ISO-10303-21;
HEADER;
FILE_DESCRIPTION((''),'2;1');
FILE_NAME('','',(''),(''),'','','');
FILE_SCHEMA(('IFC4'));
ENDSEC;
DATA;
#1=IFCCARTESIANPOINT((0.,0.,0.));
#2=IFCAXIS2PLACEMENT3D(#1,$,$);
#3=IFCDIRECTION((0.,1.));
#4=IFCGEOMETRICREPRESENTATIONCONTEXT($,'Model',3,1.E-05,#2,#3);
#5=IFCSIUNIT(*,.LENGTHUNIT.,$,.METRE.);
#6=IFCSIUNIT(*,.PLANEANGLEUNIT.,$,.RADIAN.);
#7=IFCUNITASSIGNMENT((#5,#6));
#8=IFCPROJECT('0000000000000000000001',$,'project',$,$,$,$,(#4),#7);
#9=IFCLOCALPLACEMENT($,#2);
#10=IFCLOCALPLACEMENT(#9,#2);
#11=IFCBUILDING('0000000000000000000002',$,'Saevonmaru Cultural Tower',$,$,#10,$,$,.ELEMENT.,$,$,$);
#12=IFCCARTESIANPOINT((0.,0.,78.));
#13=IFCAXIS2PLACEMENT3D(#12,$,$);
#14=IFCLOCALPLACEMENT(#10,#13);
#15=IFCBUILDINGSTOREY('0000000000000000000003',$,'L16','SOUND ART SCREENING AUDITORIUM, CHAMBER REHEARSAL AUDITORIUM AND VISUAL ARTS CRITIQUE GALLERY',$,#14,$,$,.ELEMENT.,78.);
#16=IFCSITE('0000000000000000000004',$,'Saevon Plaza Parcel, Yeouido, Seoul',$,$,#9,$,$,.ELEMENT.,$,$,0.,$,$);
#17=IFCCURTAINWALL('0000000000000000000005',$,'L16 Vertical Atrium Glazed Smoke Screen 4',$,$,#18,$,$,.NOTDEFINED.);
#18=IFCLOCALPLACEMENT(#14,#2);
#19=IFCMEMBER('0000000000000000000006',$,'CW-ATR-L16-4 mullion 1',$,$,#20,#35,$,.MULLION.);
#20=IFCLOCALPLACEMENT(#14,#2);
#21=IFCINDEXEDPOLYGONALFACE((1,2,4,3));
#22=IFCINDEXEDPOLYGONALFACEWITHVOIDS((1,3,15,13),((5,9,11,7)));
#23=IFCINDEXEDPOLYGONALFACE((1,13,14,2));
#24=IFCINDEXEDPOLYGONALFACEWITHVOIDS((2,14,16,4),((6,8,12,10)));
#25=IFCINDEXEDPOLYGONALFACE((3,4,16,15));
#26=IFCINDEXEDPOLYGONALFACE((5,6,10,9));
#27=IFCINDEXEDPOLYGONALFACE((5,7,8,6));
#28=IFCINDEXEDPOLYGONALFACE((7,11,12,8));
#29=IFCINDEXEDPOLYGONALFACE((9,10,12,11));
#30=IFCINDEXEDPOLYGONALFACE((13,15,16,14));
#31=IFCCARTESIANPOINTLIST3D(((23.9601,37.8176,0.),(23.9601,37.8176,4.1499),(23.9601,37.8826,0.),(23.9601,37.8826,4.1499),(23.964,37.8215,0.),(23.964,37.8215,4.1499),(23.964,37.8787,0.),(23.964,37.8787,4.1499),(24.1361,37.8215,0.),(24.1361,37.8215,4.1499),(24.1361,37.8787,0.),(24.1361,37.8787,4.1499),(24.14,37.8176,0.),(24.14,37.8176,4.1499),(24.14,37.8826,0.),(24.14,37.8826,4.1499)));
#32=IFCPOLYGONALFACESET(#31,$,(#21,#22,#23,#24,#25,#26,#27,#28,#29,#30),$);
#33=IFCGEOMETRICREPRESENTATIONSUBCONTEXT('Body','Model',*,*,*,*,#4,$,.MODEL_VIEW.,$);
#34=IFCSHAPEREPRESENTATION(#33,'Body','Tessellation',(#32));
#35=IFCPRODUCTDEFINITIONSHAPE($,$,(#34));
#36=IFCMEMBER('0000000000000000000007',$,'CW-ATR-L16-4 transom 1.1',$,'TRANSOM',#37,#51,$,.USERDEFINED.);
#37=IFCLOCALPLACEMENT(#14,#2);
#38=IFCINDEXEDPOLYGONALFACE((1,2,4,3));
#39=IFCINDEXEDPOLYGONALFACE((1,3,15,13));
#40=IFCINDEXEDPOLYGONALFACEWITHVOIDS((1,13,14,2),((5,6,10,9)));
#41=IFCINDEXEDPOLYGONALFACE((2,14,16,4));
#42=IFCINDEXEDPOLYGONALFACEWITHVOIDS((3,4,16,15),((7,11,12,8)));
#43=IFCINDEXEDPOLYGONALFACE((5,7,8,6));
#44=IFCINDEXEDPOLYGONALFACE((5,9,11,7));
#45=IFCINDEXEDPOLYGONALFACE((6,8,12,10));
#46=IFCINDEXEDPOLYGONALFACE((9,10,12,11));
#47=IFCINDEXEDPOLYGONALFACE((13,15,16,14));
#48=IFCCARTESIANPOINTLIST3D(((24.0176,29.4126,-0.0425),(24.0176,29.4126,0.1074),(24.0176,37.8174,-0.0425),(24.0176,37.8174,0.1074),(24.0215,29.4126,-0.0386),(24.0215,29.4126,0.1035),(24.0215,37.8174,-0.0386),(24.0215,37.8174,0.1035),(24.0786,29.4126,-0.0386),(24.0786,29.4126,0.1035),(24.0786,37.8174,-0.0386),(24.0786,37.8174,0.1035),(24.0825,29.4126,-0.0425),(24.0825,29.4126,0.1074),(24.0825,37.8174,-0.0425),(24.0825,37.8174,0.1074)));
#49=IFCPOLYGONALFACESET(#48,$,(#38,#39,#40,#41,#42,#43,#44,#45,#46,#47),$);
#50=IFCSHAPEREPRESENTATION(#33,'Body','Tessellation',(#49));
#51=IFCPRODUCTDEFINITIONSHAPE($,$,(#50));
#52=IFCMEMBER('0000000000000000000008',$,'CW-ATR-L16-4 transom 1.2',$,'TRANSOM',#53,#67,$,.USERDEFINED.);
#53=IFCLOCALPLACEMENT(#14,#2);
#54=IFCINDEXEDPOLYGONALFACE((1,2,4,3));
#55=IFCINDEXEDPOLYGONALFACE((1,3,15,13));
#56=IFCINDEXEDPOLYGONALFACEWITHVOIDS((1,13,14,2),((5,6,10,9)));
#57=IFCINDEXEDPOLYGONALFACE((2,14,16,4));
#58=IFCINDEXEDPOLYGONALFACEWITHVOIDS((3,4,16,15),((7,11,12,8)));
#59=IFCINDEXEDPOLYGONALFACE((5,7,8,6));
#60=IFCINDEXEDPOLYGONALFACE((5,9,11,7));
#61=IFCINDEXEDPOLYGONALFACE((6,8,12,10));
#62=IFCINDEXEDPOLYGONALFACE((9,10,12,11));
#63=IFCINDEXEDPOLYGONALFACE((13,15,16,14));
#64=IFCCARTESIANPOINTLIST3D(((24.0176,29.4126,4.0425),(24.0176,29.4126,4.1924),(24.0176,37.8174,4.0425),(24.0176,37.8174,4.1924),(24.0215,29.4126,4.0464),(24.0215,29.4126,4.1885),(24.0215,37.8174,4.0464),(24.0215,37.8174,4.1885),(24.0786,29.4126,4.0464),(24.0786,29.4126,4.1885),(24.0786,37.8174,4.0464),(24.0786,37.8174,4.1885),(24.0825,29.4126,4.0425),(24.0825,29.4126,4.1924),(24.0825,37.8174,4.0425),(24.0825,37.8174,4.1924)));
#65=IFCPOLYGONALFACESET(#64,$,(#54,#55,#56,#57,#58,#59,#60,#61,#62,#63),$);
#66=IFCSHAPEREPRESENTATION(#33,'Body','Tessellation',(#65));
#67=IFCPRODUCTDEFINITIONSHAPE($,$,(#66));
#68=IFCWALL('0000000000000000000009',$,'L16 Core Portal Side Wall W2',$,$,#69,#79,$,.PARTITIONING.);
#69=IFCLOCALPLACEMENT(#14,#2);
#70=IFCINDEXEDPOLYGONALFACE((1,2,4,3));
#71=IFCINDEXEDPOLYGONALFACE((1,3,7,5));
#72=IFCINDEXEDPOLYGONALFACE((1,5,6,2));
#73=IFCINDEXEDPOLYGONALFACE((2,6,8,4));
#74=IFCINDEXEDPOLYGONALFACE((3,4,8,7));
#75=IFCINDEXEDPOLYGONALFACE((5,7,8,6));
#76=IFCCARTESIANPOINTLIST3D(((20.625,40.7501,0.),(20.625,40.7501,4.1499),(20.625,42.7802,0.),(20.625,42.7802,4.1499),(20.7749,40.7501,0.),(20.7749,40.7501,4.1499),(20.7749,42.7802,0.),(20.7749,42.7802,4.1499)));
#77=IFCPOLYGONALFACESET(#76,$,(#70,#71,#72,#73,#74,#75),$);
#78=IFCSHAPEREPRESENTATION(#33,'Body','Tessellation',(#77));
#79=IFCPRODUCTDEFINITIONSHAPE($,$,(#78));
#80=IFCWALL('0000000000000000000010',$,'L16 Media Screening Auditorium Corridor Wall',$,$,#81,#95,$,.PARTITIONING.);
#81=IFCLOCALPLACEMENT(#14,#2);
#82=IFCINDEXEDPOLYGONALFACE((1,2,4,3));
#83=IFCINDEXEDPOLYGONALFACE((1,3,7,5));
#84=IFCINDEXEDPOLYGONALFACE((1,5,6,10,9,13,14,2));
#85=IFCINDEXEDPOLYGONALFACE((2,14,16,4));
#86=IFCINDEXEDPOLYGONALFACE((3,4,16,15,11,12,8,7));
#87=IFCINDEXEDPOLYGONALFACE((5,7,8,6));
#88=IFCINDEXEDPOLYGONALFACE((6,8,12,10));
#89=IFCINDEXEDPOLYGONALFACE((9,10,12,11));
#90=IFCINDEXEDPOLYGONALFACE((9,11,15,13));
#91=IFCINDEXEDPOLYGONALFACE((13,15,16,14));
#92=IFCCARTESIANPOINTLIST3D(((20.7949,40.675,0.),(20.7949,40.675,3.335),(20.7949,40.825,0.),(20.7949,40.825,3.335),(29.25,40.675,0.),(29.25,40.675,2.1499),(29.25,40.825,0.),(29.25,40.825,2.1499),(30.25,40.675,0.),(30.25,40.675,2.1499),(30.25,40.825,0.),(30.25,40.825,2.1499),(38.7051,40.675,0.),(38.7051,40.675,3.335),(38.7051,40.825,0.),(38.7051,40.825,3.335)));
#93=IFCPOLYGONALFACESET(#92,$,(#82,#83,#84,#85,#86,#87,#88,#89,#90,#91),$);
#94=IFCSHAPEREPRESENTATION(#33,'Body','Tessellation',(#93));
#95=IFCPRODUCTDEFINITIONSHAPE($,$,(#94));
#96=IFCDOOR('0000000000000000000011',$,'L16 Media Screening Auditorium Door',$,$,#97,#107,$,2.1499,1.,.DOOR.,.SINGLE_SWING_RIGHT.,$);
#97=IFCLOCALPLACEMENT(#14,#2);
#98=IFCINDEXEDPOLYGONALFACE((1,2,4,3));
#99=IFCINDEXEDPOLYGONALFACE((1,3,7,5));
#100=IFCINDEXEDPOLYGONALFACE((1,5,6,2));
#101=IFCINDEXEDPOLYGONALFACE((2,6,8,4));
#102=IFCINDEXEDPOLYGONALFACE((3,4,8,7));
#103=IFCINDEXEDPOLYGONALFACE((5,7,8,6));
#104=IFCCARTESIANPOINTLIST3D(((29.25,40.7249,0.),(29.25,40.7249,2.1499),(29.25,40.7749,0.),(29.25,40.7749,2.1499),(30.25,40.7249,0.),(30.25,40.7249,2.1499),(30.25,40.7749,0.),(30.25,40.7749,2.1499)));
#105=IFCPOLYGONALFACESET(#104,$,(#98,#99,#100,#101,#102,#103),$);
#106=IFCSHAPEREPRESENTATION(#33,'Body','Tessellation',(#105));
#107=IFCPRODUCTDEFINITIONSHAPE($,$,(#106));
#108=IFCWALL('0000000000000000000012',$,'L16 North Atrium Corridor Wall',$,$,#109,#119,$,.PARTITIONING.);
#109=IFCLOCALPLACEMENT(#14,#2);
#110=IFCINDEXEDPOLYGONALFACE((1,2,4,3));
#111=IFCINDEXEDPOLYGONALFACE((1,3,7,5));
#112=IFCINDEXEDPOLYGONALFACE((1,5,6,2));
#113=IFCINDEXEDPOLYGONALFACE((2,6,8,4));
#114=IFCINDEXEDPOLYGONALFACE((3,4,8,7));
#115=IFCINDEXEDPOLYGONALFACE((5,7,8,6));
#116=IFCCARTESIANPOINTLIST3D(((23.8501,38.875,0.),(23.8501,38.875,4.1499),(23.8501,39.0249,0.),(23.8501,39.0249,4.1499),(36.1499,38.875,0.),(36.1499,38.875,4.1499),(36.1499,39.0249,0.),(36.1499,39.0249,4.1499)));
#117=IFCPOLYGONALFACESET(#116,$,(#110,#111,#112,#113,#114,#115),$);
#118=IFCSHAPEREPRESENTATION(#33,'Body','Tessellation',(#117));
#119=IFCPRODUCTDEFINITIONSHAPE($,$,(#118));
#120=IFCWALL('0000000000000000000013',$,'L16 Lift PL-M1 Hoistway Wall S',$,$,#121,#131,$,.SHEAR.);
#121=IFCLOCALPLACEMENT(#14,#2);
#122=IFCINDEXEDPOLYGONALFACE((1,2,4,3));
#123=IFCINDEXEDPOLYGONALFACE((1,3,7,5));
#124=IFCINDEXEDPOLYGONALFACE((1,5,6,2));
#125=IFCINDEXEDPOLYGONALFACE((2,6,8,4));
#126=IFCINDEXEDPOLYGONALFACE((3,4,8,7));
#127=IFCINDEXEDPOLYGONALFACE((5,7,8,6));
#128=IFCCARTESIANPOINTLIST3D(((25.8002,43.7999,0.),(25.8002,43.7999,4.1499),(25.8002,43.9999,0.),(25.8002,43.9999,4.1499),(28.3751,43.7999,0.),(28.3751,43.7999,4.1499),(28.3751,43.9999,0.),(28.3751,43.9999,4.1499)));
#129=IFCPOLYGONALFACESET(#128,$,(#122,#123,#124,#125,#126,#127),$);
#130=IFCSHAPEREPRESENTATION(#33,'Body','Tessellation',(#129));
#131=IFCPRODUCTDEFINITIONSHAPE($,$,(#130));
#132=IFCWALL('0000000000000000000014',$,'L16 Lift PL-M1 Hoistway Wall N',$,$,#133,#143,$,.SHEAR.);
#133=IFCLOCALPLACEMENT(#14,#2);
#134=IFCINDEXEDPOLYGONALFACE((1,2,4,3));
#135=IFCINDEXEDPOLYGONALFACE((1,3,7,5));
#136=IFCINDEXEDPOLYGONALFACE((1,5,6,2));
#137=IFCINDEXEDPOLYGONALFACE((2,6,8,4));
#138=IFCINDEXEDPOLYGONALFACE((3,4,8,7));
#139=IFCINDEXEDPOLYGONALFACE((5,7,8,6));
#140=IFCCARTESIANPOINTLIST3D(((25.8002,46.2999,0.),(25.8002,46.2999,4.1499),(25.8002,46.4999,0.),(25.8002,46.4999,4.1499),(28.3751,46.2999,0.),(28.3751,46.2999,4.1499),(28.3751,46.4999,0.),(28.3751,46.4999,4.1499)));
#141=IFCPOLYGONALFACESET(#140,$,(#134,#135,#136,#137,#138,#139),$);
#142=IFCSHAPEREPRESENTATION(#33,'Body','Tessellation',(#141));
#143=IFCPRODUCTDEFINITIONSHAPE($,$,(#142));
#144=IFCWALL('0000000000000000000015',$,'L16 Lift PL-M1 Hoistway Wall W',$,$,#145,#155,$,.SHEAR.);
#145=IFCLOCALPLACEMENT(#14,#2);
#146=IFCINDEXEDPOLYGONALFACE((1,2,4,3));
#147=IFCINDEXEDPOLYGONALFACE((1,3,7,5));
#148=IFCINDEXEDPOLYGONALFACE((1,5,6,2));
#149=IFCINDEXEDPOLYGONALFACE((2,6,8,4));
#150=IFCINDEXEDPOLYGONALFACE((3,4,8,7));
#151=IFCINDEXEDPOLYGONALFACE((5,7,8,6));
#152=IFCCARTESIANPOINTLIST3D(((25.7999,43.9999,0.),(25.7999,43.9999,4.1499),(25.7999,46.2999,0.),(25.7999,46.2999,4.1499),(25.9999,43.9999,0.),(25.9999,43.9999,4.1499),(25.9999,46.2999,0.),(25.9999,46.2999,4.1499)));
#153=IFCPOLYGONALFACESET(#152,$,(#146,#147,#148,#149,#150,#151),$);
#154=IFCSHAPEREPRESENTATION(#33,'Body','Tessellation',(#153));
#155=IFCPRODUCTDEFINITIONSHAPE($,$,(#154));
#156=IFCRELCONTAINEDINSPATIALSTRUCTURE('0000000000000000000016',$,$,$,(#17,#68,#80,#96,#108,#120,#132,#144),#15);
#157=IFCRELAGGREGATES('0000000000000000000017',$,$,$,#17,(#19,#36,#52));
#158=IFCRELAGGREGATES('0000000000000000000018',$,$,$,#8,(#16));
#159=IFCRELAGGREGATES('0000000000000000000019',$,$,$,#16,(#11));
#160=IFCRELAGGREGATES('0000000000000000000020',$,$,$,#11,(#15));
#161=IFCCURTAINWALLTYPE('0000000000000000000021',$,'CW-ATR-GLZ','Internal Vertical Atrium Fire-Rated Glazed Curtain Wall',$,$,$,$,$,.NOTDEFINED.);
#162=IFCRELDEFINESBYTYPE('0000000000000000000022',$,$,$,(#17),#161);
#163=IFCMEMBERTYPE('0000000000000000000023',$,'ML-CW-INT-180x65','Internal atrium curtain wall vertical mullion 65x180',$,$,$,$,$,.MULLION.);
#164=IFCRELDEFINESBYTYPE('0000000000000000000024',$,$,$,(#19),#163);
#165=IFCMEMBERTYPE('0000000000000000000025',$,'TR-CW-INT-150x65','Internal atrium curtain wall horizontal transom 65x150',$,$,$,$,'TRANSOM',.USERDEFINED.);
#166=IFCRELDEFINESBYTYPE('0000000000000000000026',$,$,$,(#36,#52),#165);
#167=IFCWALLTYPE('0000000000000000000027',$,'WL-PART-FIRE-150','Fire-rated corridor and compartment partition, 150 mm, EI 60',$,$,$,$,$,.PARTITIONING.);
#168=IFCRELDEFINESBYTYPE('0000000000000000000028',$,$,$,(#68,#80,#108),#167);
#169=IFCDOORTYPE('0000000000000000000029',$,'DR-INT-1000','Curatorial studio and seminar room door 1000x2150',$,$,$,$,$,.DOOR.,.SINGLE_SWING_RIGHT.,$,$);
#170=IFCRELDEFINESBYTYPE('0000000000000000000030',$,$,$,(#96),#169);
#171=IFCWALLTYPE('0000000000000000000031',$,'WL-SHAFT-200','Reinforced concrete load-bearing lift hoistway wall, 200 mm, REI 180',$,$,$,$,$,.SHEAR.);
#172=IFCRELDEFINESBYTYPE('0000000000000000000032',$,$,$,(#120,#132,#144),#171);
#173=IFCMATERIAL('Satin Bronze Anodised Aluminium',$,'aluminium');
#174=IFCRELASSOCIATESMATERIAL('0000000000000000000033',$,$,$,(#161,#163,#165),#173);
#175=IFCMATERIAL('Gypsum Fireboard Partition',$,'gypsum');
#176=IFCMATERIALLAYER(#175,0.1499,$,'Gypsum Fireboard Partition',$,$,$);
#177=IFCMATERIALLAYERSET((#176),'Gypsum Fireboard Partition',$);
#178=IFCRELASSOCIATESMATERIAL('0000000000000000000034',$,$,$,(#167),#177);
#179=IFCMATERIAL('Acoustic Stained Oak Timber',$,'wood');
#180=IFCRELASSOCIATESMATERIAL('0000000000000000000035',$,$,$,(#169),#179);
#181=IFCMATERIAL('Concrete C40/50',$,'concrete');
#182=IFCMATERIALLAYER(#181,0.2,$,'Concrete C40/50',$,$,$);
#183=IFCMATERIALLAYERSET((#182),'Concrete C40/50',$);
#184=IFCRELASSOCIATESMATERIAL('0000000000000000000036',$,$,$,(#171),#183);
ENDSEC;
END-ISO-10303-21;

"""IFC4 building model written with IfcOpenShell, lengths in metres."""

from ifc_helpers import new_model, si_unit, direction, frame, frame_2d, origin, origin_2d, place, context, subcontext, project, spatial, rectangle, hollow_rectangle, extrude, material, layer, layer_set, material_profile, profile_set, type_object, element, fill, aggregate, save


model = new_model("IFC4")

# Units and contexts
model_context = context("Model", 3, precision=1e-05, world=origin(), true_north=direction((0.0, 1.0)))
body_context = subcontext(model_context, "Body", "Model", "MODEL_VIEW")
ifc_project = project(units=[si_unit("LENGTHUNIT", "METRE"), si_unit("PLANEANGLEUNIT", "RADIAN")], contexts=[model_context])

# Site, building, storey
site_placement = place(None, origin())
site = spatial("IfcSite", under=ifc_project, at=site_placement, Name="Saevon Plaza Parcel, Yeouido, Seoul", CompositionType="ELEMENT", RefElevation=0.0)
building_placement = place(site_placement, origin())
building = spatial("IfcBuilding", under=site, at=building_placement, Name="Saevonmaru Cultural Tower", CompositionType="ELEMENT")
storey_placement = place(building_placement, frame((0.0, 0.0, 78.0)))
storey = spatial("IfcBuildingStorey", under=building, at=storey_placement, Name="L16", Description="SOUND ART SCREENING AUDITORIUM, CHAMBER REHEARSAL AUDITORIUM AND VISUAL ARTS CRITIQUE GALLERY", CompositionType="ELEMENT", Elevation=78.0)

# Shared definitions
ifc_material_1 = material(Name="Satin Bronze Anodised Aluminium", Category="aluminium")
curtain_wall_type = type_object("IfcCurtainWallType", Name="CW-ATR-GLZ", Description="Internal Vertical Atrium Fire-Rated Glazed Curtain Wall", PredefinedType="NOTDEFINED", material=ifc_material_1)
ifc_material_profile_1 = material_profile(ifc_material_1, hollow_rectangle(XDim=0.0649, YDim=0.1799, WallThickness=0.0039, at=origin_2d()), Name="ALU-MULL-180x65x4")
ifc_profile_set_1 = profile_set([ifc_material_profile_1], Name="Satin Bronze Anodised Aluminium")
member_type_1 = type_object("IfcMemberType", Name="ML-CW-INT-180x65", Description="Internal atrium curtain wall vertical mullion 65x180", PredefinedType="MULLION", material=ifc_profile_set_1)

# Curtain wall, members
curtain_wall_1_placement = place(storey_placement, origin())
curtain_wall_1 = element("IfcCurtainWall", 1, at=curtain_wall_1_placement, inside=storey, type_object=curtain_wall_type, Name="L16 Vertical Atrium Glazed Smoke Screen 4", PredefinedType="NOTDEFINED")
member_1_placement = place(storey_placement, frame((24.05, 37.8501, 0.0), z_axis=(0.0, 0.0, 1.0), x_axis=(0.0, -1.0, 0.0)))
member_1 = element("IfcMember", 2, at=member_1_placement, type_object=member_type_1, Name="CW-ATR-L16-4 mullion 1", PredefinedType="MULLION", context=body_context, shape_type="SweptSolid", body=[
    extrude(hollow_rectangle(XDim=0.0649, YDim=0.1799, WallThickness=0.0039, at=origin_2d()), origin(), (0.0, 0.0, 1.0), 4.1499),
])
ifc_material_profile_2 = material_profile(ifc_material_1, hollow_rectangle(XDim=0.0649, YDim=0.1499, WallThickness=0.0039, at=origin_2d()), Name="ALU-TRAN-150x65x4")
ifc_profile_set_2 = profile_set([ifc_material_profile_2], Name="Satin Bronze Anodised Aluminium")
member_type_2 = type_object("IfcMemberType", Name="TR-CW-INT-150x65", Description="Internal atrium curtain wall horizontal transom 65x150", ElementType="TRANSOM", PredefinedType="USERDEFINED", material=ifc_profile_set_2)
member_2_placement = place(storey_placement, frame((24.05, 37.8174, 0.0325), z_axis=(0.0, -1.0, 0.0), x_axis=(1.0, 0.0, 0.0)))
member_2 = element("IfcMember", 3, at=member_2_placement, type_object=member_type_2, Name="CW-ATR-L16-4 transom 1.1", ObjectType="TRANSOM", PredefinedType="USERDEFINED", context=body_context, shape_type="SweptSolid", body=[
    extrude(hollow_rectangle(XDim=0.0649, YDim=0.1499, WallThickness=0.0039, at=origin_2d()), origin(), (0.0, 0.0, 1.0), 8.4048),
])
member_3_placement = place(storey_placement, frame((24.05, 37.8174, 4.1174), z_axis=(0.0, -1.0, 0.0), x_axis=(1.0, 0.0, 0.0)))
member_3 = element("IfcMember", 4, at=member_3_placement, type_object=member_type_2, Name="CW-ATR-L16-4 transom 1.2", ObjectType="TRANSOM", PredefinedType="USERDEFINED", context=body_context, shape_type="SweptSolid", body=[
    extrude(hollow_rectangle(XDim=0.0649, YDim=0.1499, WallThickness=0.0039, at=origin_2d()), origin(), (0.0, 0.0, 1.0), 8.4048),
])
aggregate(curtain_wall_1, [member_1, member_2, member_3])

# Shared definitions
ifc_material_2 = material(Name="Gypsum Fireboard Partition", Category="gypsum")

# Wall
ifc_layer_1 = layer(ifc_material_2, 0.1499, Name="Gypsum Fireboard Partition")
ifc_layer_set_1 = layer_set([ifc_layer_1], Name="Gypsum Fireboard Partition")
wall_type_1 = type_object("IfcWallType", Name="WL-PART-FIRE-150", Description="Fire-rated corridor and compartment partition, 150 mm, EI 60", PredefinedType="PARTITIONING", material=ifc_layer_set_1)
wall_1_placement = place(storey_placement, frame((20.7, 40.75, 0.0), z_axis=(0.0, 0.0, 1.0), x_axis=(0.0, 1.0, 0.0)))
element("IfcWall", 5, at=wall_1_placement, inside=storey, type_object=wall_type_1, Name="L16 Core Portal Side Wall W2", PredefinedType="PARTITIONING", context=body_context, shape_type="SweptSolid", body=[
    extrude(rectangle(XDim=2.03, YDim=0.1499, at=frame_2d((1.0151, 0.0))), origin(), (0.0, 0.0, 1.0), 4.1499),
])

# Wall, opening, door
wall_2_placement = place(storey_placement, frame((20.7949, 40.75, 0.0), z_axis=(0.0, 0.0, 1.0), x_axis=(1.0, 0.0, 0.0)))
wall_2 = element("IfcWall", 6, at=wall_2_placement, inside=storey, type_object=wall_type_1, Name="L16 Media Screening Auditorium Corridor Wall", PredefinedType="PARTITIONING", context=body_context, shape_type="SweptSolid", body=[
    extrude(rectangle(XDim=17.9102, YDim=0.1499, at=frame_2d((8.9551, 0.0))), origin(), (0.0, 0.0, 1.0), 3.335),
])
opening_1_placement = place(wall_2_placement, frame((8.4551, 0.0, 0.0)))
opening_1 = element("IfcOpeningElement", 7, at=opening_1_placement, cuts=wall_2, PredefinedType="OPENING", context=body_context, shape_type="SweptSolid", body=[
    extrude(rectangle(XDim=1.0, YDim=2.1499, at=frame_2d((0.5, 1.075))), frame((0.0, 0.085, 0.0), z_axis=(0.0, -1.0, 0.0), x_axis=(1.0, 0.0, 0.0)), (0.0, 0.0, 1.0), 0.1699),
])
ifc_material_3 = material(Name="Acoustic Stained Oak Timber", Category="wood")
door_type_1 = type_object("IfcDoorType", Name="DR-INT-1000", Description="Curatorial studio and seminar room door 1000x2150", OperationType="SINGLE_SWING_RIGHT", PredefinedType="DOOR", material=ifc_material_3)
door_1_placement = place(opening_1_placement, origin())
door_1 = element("IfcDoor", 8, at=door_1_placement, inside=storey, type_object=door_type_1, Name="L16 Media Screening Auditorium Door", OperationType="SINGLE_SWING_RIGHT", OverallHeight=2.1499, OverallWidth=1.0, PredefinedType="DOOR", context=body_context, shape_type="SweptSolid", body=[
    extrude(rectangle(XDim=1.0, YDim=2.1499, at=frame_2d((0.5, 1.075))), frame((0.0, 0.0249, 0.0), z_axis=(0.0, -1.0, 0.0), x_axis=(1.0, 0.0, 0.0)), (0.0, 0.0, 1.0), 0.05),
])
fill(opening_1, door_1)

# Walls
wall_3_placement = place(storey_placement, frame((23.8501, 38.95, 0.0), z_axis=(0.0, 0.0, 1.0), x_axis=(1.0, 0.0, 0.0)))
element("IfcWall", 9, at=wall_3_placement, inside=storey, type_object=wall_type_1, Name="L16 North Atrium Corridor Wall", PredefinedType="PARTITIONING", context=body_context, shape_type="SweptSolid", body=[
    extrude(rectangle(XDim=12.2998, YDim=0.1499, at=frame_2d((6.1499, 0.0))), origin(), (0.0, 0.0, 1.0), 4.1499),
])
ifc_material_4 = material(Name="Concrete C40/50", Category="concrete")
ifc_layer_2 = layer(ifc_material_4, 0.2, Name="Concrete C40/50")
ifc_layer_set_2 = layer_set([ifc_layer_2], Name="Concrete C40/50")
wall_type_2 = type_object("IfcWallType", Name="WL-SHAFT-200", Description="Reinforced concrete load-bearing lift hoistway wall, 200 mm, REI 180", PredefinedType="SHEAR", material=ifc_layer_set_2)
for number, where, z_axis, x_axis, name in (
    (10, (25.8, 43.8999, 0.0), (0.0, 0.0, 1.0), (1.0, 0.0, 0.0), "L16 Lift PL-M1 Hoistway Wall S"),
    (11, (25.8, 46.3999, 0.0), (0.0, 0.0, 1.0), (1.0, 0.0, 0.0), "L16 Lift PL-M1 Hoistway Wall N"),
):
    element("IfcWall", number, at=place(storey_placement, frame(where, z_axis=z_axis, x_axis=x_axis)), inside=storey, type_object=wall_type_2, Name=name, PredefinedType="SHEAR", context=body_context, shape_type="SweptSolid", body=[
        extrude(rectangle(XDim=2.575, YDim=0.2, at=frame_2d((1.2876, 0.0))), origin(), (0.0, 0.0, 1.0), 4.1499),
    ])
wall_4_placement = place(storey_placement, frame((25.8999, 44.0, 0.0), z_axis=(0.0, 0.0, 1.0), x_axis=(0.0, 1.0, 0.0)))
element("IfcWall", 12, at=wall_4_placement, inside=storey, type_object=wall_type_2, Name="L16 Lift PL-M1 Hoistway Wall W", PredefinedType="SHEAR", context=body_context, shape_type="SweptSolid", body=[
    extrude(rectangle(XDim=2.3, YDim=0.2, at=frame_2d((1.1499, 0.0))), origin(), (0.0, 0.0, 1.0), 4.1499),
])

save(model, "model.ifc")
